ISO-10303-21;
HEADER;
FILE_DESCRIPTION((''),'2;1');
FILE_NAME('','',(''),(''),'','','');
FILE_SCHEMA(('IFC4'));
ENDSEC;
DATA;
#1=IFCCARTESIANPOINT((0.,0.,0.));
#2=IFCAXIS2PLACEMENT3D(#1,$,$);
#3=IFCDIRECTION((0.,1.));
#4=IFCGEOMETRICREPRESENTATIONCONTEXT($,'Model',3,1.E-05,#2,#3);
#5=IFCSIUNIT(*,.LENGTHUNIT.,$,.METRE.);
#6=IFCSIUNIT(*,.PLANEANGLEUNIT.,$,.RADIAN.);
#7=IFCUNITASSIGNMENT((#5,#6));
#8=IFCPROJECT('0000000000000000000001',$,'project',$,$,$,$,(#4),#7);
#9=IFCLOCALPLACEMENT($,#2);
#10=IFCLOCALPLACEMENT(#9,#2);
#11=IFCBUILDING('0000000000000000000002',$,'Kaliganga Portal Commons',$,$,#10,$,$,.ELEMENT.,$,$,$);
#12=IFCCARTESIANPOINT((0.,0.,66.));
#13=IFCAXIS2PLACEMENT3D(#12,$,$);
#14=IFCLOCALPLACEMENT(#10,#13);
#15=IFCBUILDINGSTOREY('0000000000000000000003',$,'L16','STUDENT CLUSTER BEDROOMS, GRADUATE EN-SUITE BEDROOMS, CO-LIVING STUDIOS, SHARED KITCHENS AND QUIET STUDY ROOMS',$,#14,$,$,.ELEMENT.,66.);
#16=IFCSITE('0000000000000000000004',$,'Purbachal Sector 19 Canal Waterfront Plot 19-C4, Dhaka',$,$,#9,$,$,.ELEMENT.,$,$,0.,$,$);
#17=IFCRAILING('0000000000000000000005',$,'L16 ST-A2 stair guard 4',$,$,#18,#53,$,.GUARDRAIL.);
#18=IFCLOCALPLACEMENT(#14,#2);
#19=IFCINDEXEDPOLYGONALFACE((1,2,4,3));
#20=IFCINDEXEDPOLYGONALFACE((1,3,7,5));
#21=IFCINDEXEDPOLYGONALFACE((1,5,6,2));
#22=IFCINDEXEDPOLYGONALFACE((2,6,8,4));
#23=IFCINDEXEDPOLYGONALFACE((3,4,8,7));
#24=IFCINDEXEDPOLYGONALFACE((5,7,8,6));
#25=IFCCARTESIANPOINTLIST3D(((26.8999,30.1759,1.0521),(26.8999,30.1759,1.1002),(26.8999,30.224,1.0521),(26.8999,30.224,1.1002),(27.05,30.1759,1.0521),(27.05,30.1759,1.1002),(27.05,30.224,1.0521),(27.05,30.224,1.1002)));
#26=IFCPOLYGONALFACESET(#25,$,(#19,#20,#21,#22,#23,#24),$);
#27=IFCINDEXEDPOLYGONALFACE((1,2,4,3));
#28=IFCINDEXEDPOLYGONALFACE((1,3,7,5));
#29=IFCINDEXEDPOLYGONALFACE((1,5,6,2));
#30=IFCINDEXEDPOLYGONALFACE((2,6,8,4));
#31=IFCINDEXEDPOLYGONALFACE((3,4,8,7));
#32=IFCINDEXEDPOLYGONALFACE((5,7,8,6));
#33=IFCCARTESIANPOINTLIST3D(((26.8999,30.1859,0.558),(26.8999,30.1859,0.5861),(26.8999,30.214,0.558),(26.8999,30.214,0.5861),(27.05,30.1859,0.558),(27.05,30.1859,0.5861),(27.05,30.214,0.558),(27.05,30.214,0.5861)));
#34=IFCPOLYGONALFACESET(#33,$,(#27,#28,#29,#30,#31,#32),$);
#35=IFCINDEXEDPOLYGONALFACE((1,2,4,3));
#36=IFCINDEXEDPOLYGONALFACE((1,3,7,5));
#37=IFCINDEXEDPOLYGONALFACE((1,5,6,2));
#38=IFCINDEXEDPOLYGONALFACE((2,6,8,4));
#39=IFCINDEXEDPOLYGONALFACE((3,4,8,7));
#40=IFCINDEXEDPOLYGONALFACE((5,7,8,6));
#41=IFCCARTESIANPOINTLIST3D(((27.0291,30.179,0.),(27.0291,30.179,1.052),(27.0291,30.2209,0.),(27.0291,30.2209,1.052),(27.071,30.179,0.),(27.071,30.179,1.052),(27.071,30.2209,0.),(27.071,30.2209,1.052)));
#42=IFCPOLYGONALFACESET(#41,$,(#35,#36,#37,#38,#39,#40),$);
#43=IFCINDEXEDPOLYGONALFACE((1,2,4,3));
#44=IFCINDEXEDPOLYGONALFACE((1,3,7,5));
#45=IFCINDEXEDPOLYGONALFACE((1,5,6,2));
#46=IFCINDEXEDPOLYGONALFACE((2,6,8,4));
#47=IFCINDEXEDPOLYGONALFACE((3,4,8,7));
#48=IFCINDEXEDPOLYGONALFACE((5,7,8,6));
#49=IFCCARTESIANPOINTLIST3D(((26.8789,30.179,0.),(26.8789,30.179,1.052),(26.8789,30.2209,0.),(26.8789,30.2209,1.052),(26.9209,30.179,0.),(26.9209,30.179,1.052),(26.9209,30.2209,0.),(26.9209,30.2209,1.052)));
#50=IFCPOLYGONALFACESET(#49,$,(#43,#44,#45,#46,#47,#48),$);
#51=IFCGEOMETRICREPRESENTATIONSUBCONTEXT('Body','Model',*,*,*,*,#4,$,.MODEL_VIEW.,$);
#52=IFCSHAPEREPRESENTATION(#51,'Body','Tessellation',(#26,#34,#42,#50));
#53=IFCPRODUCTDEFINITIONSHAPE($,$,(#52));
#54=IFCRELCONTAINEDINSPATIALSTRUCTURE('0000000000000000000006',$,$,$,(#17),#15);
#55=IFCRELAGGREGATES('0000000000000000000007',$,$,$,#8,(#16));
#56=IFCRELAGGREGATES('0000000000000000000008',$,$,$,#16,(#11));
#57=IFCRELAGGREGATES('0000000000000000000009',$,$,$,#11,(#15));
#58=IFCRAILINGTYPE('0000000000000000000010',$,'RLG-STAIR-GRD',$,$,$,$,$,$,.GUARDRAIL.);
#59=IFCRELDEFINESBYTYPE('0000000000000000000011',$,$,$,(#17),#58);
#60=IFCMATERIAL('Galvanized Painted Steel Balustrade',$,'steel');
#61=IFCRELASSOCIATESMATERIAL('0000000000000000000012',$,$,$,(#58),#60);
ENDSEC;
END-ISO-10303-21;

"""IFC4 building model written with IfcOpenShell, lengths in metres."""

from ifc_helpers import new_model, si_unit, direction, frame, origin, origin_2d, place, context, subcontext, project, spatial, rectangle, extrude, material, type_object, element, save


model = new_model("IFC4")

# Units and contexts
model_context = context("Model", 3, precision=1e-05, world=origin(), true_north=direction((0.0, 1.0)))
body_context = subcontext(model_context, "Body", "Model", "MODEL_VIEW")
ifc_project = project(units=[si_unit("LENGTHUNIT", "METRE"), si_unit("PLANEANGLEUNIT", "RADIAN")], contexts=[model_context])

# Site, building, storey
site_placement = place(None, origin())
site = spatial("IfcSite", under=ifc_project, at=site_placement, Name="Purbachal Sector 19 Canal Waterfront Plot 19-C4, Dhaka", CompositionType="ELEMENT", RefElevation=0.0)
building_placement = place(site_placement, origin())
building = spatial("IfcBuilding", under=site, at=building_placement, Name="Kaliganga Portal Commons", CompositionType="ELEMENT")
storey_placement = place(building_placement, frame((0.0, 0.0, 66.0)))
storey = spatial("IfcBuildingStorey", under=building, at=storey_placement, Name="L16", Description="STUDENT CLUSTER BEDROOMS, GRADUATE EN-SUITE BEDROOMS, CO-LIVING STUDIOS, SHARED KITCHENS AND QUIET STUDY ROOMS", CompositionType="ELEMENT", Elevation=66.0)

# Railing
ifc_material_1 = material(Name="Galvanized Painted Steel Balustrade", Category="steel")
railing_type = type_object("IfcRailingType", Name="RLG-STAIR-GRD", PredefinedType="GUARDRAIL", material=ifc_material_1)
for number, where, name in (
    (1, (27.05, 30.2, 0.0), "L16 ST-A2 stair guard 4"),
):
    element("IfcRailing", number, at=place(storey_placement, frame(where)), inside=storey, type_object=railing_type, Name=name, PredefinedType="GUARDRAIL", context=body_context, shape_type="SweptSolid", body=[
        extrude(rectangle(XDim=0.0481, YDim=0.0481, at=origin_2d()), frame((0.0, 0.0, 1.0762), z_axis=(-1.0, 0.0, 0.0), x_axis=(0.0, -1.0, 0.0)), (0.0, 0.0, 1.0), 0.1501),
        extrude(rectangle(XDim=0.0281, YDim=0.0281, at=origin_2d()), frame((0.0, 0.0, 0.572), z_axis=(-1.0, 0.0, 0.0), x_axis=(0.0, -1.0, 0.0)), (0.0, 0.0, 1.0), 0.1501),
        extrude(rectangle(XDim=0.042, YDim=0.042, at=origin_2d()), origin(), (0.0, 0.0, 1.0), 1.052),
        extrude(rectangle(XDim=0.042, YDim=0.042, at=origin_2d()), frame((-0.1501, 0.0, 0.0)), (0.0, 0.0, 1.0), 1.052),
    ])

save(model, "model.ifc")
